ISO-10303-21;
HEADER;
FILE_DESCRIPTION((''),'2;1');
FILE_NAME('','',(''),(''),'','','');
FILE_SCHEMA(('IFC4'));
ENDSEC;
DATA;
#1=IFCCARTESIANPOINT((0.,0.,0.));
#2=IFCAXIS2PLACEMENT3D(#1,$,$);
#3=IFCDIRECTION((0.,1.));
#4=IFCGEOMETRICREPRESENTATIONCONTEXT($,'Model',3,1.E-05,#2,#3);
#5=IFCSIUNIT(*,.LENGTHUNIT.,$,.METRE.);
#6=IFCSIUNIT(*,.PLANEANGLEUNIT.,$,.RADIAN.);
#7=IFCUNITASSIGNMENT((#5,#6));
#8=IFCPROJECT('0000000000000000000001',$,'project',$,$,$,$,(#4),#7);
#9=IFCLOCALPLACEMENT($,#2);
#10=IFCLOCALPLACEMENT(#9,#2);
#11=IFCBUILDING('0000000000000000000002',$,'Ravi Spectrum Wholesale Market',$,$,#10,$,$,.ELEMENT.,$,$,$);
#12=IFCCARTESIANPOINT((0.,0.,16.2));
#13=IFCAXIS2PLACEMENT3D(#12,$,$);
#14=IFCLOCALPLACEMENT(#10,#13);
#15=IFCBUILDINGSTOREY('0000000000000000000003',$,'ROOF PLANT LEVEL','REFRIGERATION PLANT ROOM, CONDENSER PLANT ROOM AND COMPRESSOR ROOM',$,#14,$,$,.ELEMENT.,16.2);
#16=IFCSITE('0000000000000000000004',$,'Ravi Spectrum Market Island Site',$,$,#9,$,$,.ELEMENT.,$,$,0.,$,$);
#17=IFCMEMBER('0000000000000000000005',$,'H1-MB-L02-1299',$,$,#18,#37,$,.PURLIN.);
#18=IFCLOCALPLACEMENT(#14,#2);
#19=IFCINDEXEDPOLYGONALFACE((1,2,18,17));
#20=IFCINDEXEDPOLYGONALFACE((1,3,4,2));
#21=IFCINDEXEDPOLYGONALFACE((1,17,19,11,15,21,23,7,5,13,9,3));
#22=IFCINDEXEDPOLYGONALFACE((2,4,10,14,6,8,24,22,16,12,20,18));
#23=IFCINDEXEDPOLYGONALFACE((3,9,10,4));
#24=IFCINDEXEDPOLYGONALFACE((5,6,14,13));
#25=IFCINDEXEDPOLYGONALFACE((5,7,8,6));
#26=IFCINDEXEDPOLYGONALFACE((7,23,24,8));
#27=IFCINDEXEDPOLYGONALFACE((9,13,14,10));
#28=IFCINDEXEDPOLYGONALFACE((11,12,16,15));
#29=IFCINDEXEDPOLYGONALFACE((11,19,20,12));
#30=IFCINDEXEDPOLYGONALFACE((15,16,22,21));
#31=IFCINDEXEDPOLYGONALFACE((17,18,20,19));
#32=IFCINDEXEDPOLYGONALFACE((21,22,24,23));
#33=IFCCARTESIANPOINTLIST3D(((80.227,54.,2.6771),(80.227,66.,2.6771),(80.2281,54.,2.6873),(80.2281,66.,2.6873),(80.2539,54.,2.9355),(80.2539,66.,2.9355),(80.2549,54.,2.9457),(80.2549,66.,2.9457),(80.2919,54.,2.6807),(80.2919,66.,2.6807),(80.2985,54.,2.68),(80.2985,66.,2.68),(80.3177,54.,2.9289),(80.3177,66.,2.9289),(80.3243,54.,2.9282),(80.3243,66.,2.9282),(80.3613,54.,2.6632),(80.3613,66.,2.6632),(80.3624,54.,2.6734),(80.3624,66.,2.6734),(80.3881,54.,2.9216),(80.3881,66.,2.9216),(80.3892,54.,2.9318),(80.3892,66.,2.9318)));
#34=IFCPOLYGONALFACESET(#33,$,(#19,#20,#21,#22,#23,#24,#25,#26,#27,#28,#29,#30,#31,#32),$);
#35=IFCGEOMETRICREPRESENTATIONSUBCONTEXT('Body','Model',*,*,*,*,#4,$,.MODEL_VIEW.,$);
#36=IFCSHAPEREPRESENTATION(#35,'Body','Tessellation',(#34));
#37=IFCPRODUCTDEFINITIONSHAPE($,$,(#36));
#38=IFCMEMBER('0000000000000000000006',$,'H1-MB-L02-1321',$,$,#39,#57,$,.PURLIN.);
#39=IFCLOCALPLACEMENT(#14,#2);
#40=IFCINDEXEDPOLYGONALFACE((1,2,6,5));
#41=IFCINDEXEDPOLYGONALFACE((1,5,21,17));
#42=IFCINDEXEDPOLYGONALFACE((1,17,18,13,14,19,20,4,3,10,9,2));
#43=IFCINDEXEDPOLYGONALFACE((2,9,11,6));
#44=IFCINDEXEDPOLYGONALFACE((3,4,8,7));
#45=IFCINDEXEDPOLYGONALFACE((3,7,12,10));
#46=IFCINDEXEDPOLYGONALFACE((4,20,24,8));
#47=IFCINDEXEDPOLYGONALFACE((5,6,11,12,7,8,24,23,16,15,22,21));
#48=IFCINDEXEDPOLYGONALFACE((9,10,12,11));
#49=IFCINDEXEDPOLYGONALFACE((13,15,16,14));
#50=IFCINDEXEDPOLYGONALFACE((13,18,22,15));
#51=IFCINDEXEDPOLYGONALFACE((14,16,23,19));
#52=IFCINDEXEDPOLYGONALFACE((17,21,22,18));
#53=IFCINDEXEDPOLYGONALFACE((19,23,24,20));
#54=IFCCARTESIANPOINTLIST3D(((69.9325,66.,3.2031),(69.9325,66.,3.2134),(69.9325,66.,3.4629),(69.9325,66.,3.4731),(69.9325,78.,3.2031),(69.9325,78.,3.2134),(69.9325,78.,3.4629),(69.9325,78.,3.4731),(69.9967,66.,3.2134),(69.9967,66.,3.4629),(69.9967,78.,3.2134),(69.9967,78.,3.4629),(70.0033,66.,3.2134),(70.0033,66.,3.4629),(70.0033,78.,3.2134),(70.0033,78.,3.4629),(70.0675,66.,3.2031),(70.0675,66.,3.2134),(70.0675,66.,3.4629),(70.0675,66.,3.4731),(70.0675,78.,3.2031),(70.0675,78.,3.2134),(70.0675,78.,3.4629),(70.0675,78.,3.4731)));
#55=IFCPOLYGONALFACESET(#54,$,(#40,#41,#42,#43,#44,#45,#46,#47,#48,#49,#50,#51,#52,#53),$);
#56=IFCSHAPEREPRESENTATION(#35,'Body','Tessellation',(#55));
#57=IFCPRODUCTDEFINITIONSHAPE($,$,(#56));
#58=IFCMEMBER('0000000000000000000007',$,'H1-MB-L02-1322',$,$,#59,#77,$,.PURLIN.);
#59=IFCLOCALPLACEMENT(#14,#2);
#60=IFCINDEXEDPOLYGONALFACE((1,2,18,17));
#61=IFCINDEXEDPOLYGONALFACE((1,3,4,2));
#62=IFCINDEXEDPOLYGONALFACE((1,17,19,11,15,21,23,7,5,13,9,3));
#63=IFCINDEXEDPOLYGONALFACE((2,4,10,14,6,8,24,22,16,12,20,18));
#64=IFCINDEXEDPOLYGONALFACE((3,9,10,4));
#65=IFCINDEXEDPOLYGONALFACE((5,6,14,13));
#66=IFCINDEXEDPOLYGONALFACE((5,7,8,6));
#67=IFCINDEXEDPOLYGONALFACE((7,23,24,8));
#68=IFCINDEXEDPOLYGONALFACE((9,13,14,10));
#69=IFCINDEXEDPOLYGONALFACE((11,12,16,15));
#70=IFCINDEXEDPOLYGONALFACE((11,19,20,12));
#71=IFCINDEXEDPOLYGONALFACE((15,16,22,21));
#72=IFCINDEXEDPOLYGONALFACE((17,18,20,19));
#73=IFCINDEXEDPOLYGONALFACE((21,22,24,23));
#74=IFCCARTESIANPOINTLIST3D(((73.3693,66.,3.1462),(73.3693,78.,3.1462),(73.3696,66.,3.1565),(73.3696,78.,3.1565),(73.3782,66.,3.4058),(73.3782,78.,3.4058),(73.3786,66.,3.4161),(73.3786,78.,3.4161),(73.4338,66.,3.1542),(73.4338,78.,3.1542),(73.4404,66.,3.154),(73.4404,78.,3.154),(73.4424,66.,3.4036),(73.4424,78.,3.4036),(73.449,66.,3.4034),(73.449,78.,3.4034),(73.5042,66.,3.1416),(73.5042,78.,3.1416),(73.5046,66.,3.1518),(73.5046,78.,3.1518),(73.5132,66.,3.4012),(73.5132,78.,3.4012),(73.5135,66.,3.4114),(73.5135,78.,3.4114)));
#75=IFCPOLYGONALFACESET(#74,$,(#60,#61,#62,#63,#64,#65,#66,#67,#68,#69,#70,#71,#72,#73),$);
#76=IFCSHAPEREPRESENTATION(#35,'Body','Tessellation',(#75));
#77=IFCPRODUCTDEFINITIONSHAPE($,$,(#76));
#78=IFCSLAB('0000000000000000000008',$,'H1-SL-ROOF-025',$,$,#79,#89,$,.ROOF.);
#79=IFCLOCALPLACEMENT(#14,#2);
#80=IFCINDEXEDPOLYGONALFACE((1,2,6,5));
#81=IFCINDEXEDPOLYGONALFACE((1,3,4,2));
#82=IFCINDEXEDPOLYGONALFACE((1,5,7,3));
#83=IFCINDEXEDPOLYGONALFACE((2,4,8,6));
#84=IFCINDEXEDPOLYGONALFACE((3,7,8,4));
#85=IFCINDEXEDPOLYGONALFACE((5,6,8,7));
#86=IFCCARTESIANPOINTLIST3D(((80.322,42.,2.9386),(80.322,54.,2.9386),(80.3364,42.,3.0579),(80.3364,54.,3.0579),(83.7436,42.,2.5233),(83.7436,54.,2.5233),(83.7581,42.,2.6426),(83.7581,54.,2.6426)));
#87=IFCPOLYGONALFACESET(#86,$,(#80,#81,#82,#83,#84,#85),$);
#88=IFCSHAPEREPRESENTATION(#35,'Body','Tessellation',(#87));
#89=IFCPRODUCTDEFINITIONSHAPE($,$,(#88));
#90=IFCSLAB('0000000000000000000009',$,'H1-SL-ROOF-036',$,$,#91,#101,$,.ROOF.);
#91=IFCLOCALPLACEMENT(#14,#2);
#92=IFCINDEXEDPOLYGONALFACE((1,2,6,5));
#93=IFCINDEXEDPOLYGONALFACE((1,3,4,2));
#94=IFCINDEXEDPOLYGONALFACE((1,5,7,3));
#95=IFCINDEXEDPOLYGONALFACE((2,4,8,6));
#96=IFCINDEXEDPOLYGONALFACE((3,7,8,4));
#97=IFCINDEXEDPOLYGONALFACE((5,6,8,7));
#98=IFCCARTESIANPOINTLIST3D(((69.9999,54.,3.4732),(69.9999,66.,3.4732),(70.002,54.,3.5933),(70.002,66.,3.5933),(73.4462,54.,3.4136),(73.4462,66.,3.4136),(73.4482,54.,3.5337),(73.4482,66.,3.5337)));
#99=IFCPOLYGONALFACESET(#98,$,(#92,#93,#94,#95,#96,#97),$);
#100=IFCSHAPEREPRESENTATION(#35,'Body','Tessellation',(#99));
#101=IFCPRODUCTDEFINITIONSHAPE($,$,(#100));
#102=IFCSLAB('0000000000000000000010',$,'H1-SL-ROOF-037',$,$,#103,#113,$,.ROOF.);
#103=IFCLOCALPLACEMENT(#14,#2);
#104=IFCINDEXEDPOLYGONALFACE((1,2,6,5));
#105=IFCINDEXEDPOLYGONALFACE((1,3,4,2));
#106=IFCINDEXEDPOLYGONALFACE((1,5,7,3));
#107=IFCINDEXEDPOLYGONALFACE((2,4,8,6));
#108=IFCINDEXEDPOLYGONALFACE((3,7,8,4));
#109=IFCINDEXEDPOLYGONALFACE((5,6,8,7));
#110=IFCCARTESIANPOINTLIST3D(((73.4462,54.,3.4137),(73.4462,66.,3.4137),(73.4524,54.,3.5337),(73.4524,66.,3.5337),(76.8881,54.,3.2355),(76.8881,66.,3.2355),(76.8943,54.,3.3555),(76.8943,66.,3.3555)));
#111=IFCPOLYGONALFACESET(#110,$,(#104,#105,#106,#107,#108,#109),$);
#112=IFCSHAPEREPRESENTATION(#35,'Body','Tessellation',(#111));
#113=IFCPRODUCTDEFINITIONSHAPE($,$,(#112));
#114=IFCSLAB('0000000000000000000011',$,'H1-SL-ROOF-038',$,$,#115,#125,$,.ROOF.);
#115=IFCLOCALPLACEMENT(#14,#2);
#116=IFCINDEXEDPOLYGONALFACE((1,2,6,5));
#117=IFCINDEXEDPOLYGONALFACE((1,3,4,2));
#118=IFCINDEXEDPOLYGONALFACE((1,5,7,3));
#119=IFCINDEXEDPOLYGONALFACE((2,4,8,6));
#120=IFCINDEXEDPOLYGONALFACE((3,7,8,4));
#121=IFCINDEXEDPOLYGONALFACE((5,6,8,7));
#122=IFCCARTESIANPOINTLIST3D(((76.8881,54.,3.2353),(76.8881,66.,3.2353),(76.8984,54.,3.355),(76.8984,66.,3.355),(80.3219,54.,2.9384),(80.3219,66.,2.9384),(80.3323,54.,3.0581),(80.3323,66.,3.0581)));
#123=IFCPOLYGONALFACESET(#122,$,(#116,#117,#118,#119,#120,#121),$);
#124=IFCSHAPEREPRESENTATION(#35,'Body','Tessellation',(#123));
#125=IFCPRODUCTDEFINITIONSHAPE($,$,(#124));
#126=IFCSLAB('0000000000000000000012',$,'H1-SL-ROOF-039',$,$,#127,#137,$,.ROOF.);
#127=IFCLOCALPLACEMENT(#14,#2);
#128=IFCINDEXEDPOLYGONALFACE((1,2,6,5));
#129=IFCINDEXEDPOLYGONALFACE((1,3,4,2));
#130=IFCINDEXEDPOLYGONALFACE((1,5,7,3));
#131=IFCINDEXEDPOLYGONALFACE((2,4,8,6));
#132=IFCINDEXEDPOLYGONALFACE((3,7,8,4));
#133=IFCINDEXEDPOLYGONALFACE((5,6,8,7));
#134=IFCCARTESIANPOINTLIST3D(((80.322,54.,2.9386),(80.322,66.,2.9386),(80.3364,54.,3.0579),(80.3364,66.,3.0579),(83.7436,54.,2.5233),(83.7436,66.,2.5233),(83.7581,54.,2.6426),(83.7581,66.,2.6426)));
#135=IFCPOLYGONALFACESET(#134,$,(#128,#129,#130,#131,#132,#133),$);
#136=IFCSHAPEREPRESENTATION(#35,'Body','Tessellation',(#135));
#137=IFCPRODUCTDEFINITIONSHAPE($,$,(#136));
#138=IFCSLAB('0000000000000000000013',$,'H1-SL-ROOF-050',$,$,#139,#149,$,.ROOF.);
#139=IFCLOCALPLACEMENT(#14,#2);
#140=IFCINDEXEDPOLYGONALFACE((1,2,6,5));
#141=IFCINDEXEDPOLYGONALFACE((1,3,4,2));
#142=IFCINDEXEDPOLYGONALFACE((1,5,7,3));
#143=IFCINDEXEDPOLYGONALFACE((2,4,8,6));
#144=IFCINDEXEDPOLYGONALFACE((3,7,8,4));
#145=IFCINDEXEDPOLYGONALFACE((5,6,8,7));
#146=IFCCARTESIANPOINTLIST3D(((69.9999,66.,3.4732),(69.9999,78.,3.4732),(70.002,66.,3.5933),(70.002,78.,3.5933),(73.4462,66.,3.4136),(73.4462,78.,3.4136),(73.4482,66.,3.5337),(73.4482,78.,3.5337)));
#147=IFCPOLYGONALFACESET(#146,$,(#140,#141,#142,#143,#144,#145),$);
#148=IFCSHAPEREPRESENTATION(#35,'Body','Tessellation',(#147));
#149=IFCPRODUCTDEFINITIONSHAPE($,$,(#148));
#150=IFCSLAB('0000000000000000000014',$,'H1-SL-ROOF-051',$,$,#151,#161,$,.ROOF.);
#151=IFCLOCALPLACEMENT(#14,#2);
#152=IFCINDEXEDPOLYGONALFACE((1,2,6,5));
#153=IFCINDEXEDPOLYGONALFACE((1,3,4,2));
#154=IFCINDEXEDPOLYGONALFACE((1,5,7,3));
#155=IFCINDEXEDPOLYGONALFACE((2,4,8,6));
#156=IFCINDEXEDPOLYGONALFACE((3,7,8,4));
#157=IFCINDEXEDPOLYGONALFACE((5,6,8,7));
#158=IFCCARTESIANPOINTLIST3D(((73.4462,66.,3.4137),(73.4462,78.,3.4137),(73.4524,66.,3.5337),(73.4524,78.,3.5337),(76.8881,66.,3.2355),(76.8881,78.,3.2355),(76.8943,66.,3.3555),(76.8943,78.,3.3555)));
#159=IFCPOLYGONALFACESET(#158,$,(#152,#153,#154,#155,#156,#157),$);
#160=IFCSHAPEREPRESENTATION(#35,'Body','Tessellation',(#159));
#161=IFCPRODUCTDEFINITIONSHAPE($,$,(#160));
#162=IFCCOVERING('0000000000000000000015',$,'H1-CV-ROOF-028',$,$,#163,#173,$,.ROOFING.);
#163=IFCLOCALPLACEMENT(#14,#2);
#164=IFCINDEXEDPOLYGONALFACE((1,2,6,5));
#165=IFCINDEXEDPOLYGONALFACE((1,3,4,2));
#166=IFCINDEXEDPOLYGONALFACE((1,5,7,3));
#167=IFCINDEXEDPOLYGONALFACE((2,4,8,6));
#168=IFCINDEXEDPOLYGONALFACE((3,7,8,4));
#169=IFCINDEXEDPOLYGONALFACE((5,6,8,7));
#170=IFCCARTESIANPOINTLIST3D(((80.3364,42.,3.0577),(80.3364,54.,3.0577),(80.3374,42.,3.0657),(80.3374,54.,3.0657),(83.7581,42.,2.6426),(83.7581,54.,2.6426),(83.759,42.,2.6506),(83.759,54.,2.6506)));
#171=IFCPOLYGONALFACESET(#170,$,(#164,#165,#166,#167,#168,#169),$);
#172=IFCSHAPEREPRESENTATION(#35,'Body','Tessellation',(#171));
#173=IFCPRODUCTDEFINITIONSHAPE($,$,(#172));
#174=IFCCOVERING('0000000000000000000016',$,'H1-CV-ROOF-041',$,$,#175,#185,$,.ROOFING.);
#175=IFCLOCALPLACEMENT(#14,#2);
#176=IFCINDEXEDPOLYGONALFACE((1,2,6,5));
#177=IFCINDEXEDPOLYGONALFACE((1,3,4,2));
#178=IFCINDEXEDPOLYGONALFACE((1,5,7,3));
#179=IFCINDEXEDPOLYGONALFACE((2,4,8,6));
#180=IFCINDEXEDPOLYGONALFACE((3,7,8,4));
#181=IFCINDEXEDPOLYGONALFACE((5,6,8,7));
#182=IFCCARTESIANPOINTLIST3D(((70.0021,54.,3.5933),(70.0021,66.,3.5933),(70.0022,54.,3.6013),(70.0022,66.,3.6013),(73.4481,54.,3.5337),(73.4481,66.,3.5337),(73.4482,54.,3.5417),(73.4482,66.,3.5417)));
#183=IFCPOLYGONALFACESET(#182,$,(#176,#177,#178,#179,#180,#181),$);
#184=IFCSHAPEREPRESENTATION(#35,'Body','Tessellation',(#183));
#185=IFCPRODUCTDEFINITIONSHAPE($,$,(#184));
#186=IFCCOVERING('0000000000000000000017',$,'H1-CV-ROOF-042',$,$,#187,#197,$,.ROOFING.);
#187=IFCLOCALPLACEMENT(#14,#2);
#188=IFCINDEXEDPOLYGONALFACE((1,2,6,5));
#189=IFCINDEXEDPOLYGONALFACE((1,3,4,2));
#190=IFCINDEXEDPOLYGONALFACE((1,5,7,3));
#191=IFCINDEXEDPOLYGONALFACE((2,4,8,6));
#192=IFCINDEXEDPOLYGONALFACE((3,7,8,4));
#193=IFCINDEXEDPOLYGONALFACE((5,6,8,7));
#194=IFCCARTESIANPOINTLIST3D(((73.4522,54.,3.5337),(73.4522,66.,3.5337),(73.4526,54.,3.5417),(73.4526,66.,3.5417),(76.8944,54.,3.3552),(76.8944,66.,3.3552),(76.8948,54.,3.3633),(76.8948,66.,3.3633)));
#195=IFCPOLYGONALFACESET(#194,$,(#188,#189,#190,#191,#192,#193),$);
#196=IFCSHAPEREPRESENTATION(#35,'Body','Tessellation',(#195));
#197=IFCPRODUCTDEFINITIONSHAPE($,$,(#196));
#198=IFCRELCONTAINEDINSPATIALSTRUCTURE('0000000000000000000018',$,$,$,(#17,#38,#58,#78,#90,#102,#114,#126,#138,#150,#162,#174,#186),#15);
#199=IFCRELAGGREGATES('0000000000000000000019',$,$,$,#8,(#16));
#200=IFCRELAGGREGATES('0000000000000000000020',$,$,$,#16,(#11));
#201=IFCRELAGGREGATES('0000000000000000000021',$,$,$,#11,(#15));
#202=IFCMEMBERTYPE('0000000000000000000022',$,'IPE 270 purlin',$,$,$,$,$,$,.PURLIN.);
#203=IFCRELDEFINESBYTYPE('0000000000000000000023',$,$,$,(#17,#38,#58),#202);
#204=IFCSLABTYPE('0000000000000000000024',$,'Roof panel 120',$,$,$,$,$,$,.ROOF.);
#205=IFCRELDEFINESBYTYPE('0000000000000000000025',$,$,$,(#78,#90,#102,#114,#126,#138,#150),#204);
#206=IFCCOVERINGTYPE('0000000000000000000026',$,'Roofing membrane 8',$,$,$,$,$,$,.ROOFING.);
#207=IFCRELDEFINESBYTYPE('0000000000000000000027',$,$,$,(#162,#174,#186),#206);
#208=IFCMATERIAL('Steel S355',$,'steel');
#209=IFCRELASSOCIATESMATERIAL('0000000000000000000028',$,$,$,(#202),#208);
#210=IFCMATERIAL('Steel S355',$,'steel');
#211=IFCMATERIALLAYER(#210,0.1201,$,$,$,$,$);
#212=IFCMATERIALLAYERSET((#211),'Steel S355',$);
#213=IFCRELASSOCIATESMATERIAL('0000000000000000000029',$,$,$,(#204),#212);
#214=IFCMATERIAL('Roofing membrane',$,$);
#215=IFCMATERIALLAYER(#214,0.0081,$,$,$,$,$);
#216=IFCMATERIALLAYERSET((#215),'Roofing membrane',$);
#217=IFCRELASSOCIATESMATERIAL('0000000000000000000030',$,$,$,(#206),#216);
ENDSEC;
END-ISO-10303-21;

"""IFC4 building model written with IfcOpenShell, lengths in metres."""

from ifc_helpers import new_model, si_unit, direction, frame, origin, origin_2d, place, context, subcontext, project, spatial, polyline, i_section, outline, extrude, material, layer, layer_set, material_profile, profile_set, type_object, element, save


model = new_model("IFC4")

# Units and contexts
model_context = context("Model", 3, precision=1e-05, world=origin(), true_north=direction((0.0, 1.0)))
body_context = subcontext(model_context, "Body", "Model", "MODEL_VIEW")
ifc_project = project(units=[si_unit("LENGTHUNIT", "METRE"), si_unit("PLANEANGLEUNIT", "RADIAN")], contexts=[model_context])

# Site, building, storey
site_placement = place(None, origin())
site = spatial("IfcSite", under=ifc_project, at=site_placement, Name="Ravi Spectrum Market Island Site", CompositionType="ELEMENT", RefElevation=0.0)
building_placement = place(site_placement, origin())
building = spatial("IfcBuilding", under=site, at=building_placement, Name="Ravi Spectrum Wholesale Market", CompositionType="ELEMENT")
storey_placement = place(building_placement, frame((0.0, 0.0, 16.2)))
storey = spatial("IfcBuildingStorey", under=building, at=storey_placement, Name="ROOF PLANT LEVEL", Description="REFRIGERATION PLANT ROOM, CONDENSER PLANT ROOM AND COMPRESSOR ROOM", CompositionType="ELEMENT", Elevation=16.2)

# Members
ifc_material_1 = material(Name="Steel S355", Category="steel")
ifc_material_profile_1 = material_profile(ifc_material_1, i_section(OverallWidth=0.135, OverallDepth=0.27, WebThickness=0.0066, FlangeThickness=0.0103, at=origin_2d()))
ifc_profile_set_1 = profile_set([ifc_material_profile_1], Name="Steel S355")
member_type_1 = type_object("IfcMemberType", Name="IPE 270 purlin", PredefinedType="PURLIN", material=ifc_profile_set_1)
for number, where, z_axis, x_axis, name in (
    (1, (80.3081, 54.0, 2.8044), (0.0, 1.0, 0.0), (-0.994649, 0.0, 0.103311), "H1-MB-L02-1299"),
    (2, (70.0, 66.0, 3.3381), (0.0, 1.0, 0.0), (-1.0, 0.0, 0.0), "H1-MB-L02-1321"),
    (3, (73.4414, 66.0, 3.2788), (0.0, 1.0, 0.0), (-0.999405, 0.0, 0.034492), "H1-MB-L02-1322"),
):
    element("IfcMember", number, at=place(storey_placement, frame(where, z_axis=z_axis, x_axis=x_axis)), inside=storey, type_object=member_type_1, Name=name, PredefinedType="PURLIN", context=body_context, shape_type="SweptSolid", body=[
        extrude(i_section(OverallWidth=0.135, OverallDepth=0.27, WebThickness=0.0066, FlangeThickness=0.0103, at=origin_2d()), origin(), (0.0, 0.0, 1.0), 12.0),
    ])

# Slabs
ifc_material_2 = material(Name="Steel S355", Category="steel")
ifc_layer_1 = layer(ifc_material_2, 0.1201)
ifc_layer_set_1 = layer_set([ifc_layer_1], Name="Steel S355")
slab_type = type_object("IfcSlabType", Name="Roof panel 120", PredefinedType="ROOF", material=ifc_layer_set_1)
slab_1_placement = place(storey_placement, frame((80.3364, 42.0, 3.0579), z_axis=(0.120486, 0.0, 0.992715), x_axis=(0.992715, 0.0, -0.120486)))
element("IfcSlab", 4, at=slab_1_placement, inside=storey, type_object=slab_type, Name="H1-SL-ROOF-025", PredefinedType="ROOF", context=body_context, shape_type="SweptSolid", body=[
    extrude(outline(polyline([(0.0, 0.0), (3.4467, 0.0), (3.4467, 12.0), (0.0, 12.0), (0.0, 0.0)])), origin(), (0.0, 0.0, -1.0), 0.1201),
])
slab_2_placement = place(storey_placement, frame((70.002, 54.0, 3.5933), z_axis=(0.017283, 0.0, 0.999851), x_axis=(0.999851, 0.0, -0.017283)))
element("IfcSlab", 5, at=slab_2_placement, inside=storey, type_object=slab_type, Name="H1-SL-ROOF-036", PredefinedType="ROOF", context=body_context, shape_type="SweptSolid", body=[
    extrude(outline(polyline([(0.0, 0.0), (3.4468, 0.0), (3.4468, 12.0), (0.0, 12.0), (0.0, 0.0)])), origin(), (0.0, 0.0, -1.0), 0.1201),
])
slab_3_placement = place(storey_placement, frame((73.4524, 54.0, 3.5337), z_axis=(0.051711, 0.0, 0.998662), x_axis=(0.998662, 0.0, -0.051711)))
element("IfcSlab", 6, at=slab_3_placement, inside=storey, type_object=slab_type, Name="H1-SL-ROOF-037", PredefinedType="ROOF", context=body_context, shape_type="SweptSolid", body=[
    extrude(outline(polyline([(0.0, 0.0), (3.4465, 0.0), (3.4465, 12.0), (0.0, 12.0), (0.0, 0.0)])), origin(), (0.0, 0.0, -1.0), 0.1201),
])
slab_4_placement = place(storey_placement, frame((76.8984, 54.0, 3.355), z_axis=(0.086134, 0.0, 0.996284), x_axis=(0.996284, 0.0, -0.086134)))
element("IfcSlab", 7, at=slab_4_placement, inside=storey, type_object=slab_type, Name="H1-SL-ROOF-038", PredefinedType="ROOF", context=body_context, shape_type="SweptSolid", body=[
    extrude(outline(polyline([(0.0, 0.0), (3.4466, 0.0), (3.4466, 12.0), (0.0, 12.0), (0.0, 0.0)])), origin(), (0.0, 0.0, -1.0), 0.1201),
])
slab_5_placement = place(storey_placement, frame((80.3364, 54.0, 3.0579), z_axis=(0.120486, 0.0, 0.992715), x_axis=(0.992715, 0.0, -0.120486)))
element("IfcSlab", 8, at=slab_5_placement, inside=storey, type_object=slab_type, Name="H1-SL-ROOF-039", PredefinedType="ROOF", context=body_context, shape_type="SweptSolid", body=[
    extrude(outline(polyline([(0.0, 0.0), (3.4467, 0.0), (3.4467, 12.0), (0.0, 12.0), (0.0, 0.0)])), origin(), (0.0, 0.0, -1.0), 0.1201),
])
slab_6_placement = place(storey_placement, frame((70.002, 66.0, 3.5933), z_axis=(0.017283, 0.0, 0.999851), x_axis=(0.999851, 0.0, -0.017283)))
element("IfcSlab", 9, at=slab_6_placement, inside=storey, type_object=slab_type, Name="H1-SL-ROOF-050", PredefinedType="ROOF", context=body_context, shape_type="SweptSolid", body=[
    extrude(outline(polyline([(0.0, 0.0), (3.4468, 0.0), (3.4468, 12.0), (0.0, 12.0), (0.0, 0.0)])), origin(), (0.0, 0.0, -1.0), 0.1201),
])
slab_7_placement = place(storey_placement, frame((73.4524, 66.0, 3.5337), z_axis=(0.051711, 0.0, 0.998662), x_axis=(0.998662, 0.0, -0.051711)))
element("IfcSlab", 10, at=slab_7_placement, inside=storey, type_object=slab_type, Name="H1-SL-ROOF-051", PredefinedType="ROOF", context=body_context, shape_type="SweptSolid", body=[
    extrude(outline(polyline([(0.0, 0.0), (3.4465, 0.0), (3.4465, 12.0), (0.0, 12.0), (0.0, 0.0)])), origin(), (0.0, 0.0, -1.0), 0.1201),
])

# Coverings
ifc_material_3 = material(Name="Roofing membrane")
ifc_layer_2 = layer(ifc_material_3, 0.0081)
ifc_layer_set_2 = layer_set([ifc_layer_2], Name="Roofing membrane")
covering_type = type_object("IfcCoveringType", Name="Roofing membrane 8", PredefinedType="ROOFING", material=ifc_layer_set_2)
covering_1_placement = place(storey_placement, frame((80.3374, 42.0, 3.0657), z_axis=(0.120416, 0.0, 0.992724), x_axis=(0.992724, 0.0, -0.120416)))
element("IfcCovering", 11, at=covering_1_placement, inside=storey, type_object=covering_type, Name="H1-CV-ROOF-028", PredefinedType="ROOFING", context=body_context, shape_type="SweptSolid", body=[
    extrude(outline(polyline([(0.0, 0.0), (3.4467, 0.0), (3.4467, 12.0), (0.0, 12.0), (0.0, 0.0)])), origin(), (0.0, 0.0, -1.0), 0.0081),
])
covering_2_placement = place(storey_placement, frame((70.0022, 54.0, 3.6013), z_axis=(0.017284, 0.0, 0.999851), x_axis=(0.999851, 0.0, -0.017284)))
element("IfcCovering", 12, at=covering_2_placement, inside=storey, type_object=covering_type, Name="H1-CV-ROOF-041", PredefinedType="ROOFING", context=body_context, shape_type="SweptSolid", body=[
    extrude(outline(polyline([(0.0, 0.0), (3.4466, 0.0), (3.4466, 12.0), (0.0, 12.0), (0.0, 0.0)])), origin(), (0.0, 0.0, -1.0), 0.0081),
])
covering_3_placement = place(storey_placement, frame((73.4526, 54.0, 3.5417), z_axis=(0.051778, 0.0, 0.998659), x_axis=(0.998659, 0.0, -0.051778)))
element("IfcCovering", 13, at=covering_3_placement, inside=storey, type_object=covering_type, Name="H1-CV-ROOF-042", PredefinedType="ROOFING", context=body_context, shape_type="SweptSolid", body=[
    extrude(outline(polyline([(0.0, 0.0), (3.4468, 0.0), (3.4468, 12.0), (0.0, 12.0), (0.0, 0.0)])), origin(), (0.0, 0.0, -1.0), 0.0081),
])

save(model, "model.ifc")
